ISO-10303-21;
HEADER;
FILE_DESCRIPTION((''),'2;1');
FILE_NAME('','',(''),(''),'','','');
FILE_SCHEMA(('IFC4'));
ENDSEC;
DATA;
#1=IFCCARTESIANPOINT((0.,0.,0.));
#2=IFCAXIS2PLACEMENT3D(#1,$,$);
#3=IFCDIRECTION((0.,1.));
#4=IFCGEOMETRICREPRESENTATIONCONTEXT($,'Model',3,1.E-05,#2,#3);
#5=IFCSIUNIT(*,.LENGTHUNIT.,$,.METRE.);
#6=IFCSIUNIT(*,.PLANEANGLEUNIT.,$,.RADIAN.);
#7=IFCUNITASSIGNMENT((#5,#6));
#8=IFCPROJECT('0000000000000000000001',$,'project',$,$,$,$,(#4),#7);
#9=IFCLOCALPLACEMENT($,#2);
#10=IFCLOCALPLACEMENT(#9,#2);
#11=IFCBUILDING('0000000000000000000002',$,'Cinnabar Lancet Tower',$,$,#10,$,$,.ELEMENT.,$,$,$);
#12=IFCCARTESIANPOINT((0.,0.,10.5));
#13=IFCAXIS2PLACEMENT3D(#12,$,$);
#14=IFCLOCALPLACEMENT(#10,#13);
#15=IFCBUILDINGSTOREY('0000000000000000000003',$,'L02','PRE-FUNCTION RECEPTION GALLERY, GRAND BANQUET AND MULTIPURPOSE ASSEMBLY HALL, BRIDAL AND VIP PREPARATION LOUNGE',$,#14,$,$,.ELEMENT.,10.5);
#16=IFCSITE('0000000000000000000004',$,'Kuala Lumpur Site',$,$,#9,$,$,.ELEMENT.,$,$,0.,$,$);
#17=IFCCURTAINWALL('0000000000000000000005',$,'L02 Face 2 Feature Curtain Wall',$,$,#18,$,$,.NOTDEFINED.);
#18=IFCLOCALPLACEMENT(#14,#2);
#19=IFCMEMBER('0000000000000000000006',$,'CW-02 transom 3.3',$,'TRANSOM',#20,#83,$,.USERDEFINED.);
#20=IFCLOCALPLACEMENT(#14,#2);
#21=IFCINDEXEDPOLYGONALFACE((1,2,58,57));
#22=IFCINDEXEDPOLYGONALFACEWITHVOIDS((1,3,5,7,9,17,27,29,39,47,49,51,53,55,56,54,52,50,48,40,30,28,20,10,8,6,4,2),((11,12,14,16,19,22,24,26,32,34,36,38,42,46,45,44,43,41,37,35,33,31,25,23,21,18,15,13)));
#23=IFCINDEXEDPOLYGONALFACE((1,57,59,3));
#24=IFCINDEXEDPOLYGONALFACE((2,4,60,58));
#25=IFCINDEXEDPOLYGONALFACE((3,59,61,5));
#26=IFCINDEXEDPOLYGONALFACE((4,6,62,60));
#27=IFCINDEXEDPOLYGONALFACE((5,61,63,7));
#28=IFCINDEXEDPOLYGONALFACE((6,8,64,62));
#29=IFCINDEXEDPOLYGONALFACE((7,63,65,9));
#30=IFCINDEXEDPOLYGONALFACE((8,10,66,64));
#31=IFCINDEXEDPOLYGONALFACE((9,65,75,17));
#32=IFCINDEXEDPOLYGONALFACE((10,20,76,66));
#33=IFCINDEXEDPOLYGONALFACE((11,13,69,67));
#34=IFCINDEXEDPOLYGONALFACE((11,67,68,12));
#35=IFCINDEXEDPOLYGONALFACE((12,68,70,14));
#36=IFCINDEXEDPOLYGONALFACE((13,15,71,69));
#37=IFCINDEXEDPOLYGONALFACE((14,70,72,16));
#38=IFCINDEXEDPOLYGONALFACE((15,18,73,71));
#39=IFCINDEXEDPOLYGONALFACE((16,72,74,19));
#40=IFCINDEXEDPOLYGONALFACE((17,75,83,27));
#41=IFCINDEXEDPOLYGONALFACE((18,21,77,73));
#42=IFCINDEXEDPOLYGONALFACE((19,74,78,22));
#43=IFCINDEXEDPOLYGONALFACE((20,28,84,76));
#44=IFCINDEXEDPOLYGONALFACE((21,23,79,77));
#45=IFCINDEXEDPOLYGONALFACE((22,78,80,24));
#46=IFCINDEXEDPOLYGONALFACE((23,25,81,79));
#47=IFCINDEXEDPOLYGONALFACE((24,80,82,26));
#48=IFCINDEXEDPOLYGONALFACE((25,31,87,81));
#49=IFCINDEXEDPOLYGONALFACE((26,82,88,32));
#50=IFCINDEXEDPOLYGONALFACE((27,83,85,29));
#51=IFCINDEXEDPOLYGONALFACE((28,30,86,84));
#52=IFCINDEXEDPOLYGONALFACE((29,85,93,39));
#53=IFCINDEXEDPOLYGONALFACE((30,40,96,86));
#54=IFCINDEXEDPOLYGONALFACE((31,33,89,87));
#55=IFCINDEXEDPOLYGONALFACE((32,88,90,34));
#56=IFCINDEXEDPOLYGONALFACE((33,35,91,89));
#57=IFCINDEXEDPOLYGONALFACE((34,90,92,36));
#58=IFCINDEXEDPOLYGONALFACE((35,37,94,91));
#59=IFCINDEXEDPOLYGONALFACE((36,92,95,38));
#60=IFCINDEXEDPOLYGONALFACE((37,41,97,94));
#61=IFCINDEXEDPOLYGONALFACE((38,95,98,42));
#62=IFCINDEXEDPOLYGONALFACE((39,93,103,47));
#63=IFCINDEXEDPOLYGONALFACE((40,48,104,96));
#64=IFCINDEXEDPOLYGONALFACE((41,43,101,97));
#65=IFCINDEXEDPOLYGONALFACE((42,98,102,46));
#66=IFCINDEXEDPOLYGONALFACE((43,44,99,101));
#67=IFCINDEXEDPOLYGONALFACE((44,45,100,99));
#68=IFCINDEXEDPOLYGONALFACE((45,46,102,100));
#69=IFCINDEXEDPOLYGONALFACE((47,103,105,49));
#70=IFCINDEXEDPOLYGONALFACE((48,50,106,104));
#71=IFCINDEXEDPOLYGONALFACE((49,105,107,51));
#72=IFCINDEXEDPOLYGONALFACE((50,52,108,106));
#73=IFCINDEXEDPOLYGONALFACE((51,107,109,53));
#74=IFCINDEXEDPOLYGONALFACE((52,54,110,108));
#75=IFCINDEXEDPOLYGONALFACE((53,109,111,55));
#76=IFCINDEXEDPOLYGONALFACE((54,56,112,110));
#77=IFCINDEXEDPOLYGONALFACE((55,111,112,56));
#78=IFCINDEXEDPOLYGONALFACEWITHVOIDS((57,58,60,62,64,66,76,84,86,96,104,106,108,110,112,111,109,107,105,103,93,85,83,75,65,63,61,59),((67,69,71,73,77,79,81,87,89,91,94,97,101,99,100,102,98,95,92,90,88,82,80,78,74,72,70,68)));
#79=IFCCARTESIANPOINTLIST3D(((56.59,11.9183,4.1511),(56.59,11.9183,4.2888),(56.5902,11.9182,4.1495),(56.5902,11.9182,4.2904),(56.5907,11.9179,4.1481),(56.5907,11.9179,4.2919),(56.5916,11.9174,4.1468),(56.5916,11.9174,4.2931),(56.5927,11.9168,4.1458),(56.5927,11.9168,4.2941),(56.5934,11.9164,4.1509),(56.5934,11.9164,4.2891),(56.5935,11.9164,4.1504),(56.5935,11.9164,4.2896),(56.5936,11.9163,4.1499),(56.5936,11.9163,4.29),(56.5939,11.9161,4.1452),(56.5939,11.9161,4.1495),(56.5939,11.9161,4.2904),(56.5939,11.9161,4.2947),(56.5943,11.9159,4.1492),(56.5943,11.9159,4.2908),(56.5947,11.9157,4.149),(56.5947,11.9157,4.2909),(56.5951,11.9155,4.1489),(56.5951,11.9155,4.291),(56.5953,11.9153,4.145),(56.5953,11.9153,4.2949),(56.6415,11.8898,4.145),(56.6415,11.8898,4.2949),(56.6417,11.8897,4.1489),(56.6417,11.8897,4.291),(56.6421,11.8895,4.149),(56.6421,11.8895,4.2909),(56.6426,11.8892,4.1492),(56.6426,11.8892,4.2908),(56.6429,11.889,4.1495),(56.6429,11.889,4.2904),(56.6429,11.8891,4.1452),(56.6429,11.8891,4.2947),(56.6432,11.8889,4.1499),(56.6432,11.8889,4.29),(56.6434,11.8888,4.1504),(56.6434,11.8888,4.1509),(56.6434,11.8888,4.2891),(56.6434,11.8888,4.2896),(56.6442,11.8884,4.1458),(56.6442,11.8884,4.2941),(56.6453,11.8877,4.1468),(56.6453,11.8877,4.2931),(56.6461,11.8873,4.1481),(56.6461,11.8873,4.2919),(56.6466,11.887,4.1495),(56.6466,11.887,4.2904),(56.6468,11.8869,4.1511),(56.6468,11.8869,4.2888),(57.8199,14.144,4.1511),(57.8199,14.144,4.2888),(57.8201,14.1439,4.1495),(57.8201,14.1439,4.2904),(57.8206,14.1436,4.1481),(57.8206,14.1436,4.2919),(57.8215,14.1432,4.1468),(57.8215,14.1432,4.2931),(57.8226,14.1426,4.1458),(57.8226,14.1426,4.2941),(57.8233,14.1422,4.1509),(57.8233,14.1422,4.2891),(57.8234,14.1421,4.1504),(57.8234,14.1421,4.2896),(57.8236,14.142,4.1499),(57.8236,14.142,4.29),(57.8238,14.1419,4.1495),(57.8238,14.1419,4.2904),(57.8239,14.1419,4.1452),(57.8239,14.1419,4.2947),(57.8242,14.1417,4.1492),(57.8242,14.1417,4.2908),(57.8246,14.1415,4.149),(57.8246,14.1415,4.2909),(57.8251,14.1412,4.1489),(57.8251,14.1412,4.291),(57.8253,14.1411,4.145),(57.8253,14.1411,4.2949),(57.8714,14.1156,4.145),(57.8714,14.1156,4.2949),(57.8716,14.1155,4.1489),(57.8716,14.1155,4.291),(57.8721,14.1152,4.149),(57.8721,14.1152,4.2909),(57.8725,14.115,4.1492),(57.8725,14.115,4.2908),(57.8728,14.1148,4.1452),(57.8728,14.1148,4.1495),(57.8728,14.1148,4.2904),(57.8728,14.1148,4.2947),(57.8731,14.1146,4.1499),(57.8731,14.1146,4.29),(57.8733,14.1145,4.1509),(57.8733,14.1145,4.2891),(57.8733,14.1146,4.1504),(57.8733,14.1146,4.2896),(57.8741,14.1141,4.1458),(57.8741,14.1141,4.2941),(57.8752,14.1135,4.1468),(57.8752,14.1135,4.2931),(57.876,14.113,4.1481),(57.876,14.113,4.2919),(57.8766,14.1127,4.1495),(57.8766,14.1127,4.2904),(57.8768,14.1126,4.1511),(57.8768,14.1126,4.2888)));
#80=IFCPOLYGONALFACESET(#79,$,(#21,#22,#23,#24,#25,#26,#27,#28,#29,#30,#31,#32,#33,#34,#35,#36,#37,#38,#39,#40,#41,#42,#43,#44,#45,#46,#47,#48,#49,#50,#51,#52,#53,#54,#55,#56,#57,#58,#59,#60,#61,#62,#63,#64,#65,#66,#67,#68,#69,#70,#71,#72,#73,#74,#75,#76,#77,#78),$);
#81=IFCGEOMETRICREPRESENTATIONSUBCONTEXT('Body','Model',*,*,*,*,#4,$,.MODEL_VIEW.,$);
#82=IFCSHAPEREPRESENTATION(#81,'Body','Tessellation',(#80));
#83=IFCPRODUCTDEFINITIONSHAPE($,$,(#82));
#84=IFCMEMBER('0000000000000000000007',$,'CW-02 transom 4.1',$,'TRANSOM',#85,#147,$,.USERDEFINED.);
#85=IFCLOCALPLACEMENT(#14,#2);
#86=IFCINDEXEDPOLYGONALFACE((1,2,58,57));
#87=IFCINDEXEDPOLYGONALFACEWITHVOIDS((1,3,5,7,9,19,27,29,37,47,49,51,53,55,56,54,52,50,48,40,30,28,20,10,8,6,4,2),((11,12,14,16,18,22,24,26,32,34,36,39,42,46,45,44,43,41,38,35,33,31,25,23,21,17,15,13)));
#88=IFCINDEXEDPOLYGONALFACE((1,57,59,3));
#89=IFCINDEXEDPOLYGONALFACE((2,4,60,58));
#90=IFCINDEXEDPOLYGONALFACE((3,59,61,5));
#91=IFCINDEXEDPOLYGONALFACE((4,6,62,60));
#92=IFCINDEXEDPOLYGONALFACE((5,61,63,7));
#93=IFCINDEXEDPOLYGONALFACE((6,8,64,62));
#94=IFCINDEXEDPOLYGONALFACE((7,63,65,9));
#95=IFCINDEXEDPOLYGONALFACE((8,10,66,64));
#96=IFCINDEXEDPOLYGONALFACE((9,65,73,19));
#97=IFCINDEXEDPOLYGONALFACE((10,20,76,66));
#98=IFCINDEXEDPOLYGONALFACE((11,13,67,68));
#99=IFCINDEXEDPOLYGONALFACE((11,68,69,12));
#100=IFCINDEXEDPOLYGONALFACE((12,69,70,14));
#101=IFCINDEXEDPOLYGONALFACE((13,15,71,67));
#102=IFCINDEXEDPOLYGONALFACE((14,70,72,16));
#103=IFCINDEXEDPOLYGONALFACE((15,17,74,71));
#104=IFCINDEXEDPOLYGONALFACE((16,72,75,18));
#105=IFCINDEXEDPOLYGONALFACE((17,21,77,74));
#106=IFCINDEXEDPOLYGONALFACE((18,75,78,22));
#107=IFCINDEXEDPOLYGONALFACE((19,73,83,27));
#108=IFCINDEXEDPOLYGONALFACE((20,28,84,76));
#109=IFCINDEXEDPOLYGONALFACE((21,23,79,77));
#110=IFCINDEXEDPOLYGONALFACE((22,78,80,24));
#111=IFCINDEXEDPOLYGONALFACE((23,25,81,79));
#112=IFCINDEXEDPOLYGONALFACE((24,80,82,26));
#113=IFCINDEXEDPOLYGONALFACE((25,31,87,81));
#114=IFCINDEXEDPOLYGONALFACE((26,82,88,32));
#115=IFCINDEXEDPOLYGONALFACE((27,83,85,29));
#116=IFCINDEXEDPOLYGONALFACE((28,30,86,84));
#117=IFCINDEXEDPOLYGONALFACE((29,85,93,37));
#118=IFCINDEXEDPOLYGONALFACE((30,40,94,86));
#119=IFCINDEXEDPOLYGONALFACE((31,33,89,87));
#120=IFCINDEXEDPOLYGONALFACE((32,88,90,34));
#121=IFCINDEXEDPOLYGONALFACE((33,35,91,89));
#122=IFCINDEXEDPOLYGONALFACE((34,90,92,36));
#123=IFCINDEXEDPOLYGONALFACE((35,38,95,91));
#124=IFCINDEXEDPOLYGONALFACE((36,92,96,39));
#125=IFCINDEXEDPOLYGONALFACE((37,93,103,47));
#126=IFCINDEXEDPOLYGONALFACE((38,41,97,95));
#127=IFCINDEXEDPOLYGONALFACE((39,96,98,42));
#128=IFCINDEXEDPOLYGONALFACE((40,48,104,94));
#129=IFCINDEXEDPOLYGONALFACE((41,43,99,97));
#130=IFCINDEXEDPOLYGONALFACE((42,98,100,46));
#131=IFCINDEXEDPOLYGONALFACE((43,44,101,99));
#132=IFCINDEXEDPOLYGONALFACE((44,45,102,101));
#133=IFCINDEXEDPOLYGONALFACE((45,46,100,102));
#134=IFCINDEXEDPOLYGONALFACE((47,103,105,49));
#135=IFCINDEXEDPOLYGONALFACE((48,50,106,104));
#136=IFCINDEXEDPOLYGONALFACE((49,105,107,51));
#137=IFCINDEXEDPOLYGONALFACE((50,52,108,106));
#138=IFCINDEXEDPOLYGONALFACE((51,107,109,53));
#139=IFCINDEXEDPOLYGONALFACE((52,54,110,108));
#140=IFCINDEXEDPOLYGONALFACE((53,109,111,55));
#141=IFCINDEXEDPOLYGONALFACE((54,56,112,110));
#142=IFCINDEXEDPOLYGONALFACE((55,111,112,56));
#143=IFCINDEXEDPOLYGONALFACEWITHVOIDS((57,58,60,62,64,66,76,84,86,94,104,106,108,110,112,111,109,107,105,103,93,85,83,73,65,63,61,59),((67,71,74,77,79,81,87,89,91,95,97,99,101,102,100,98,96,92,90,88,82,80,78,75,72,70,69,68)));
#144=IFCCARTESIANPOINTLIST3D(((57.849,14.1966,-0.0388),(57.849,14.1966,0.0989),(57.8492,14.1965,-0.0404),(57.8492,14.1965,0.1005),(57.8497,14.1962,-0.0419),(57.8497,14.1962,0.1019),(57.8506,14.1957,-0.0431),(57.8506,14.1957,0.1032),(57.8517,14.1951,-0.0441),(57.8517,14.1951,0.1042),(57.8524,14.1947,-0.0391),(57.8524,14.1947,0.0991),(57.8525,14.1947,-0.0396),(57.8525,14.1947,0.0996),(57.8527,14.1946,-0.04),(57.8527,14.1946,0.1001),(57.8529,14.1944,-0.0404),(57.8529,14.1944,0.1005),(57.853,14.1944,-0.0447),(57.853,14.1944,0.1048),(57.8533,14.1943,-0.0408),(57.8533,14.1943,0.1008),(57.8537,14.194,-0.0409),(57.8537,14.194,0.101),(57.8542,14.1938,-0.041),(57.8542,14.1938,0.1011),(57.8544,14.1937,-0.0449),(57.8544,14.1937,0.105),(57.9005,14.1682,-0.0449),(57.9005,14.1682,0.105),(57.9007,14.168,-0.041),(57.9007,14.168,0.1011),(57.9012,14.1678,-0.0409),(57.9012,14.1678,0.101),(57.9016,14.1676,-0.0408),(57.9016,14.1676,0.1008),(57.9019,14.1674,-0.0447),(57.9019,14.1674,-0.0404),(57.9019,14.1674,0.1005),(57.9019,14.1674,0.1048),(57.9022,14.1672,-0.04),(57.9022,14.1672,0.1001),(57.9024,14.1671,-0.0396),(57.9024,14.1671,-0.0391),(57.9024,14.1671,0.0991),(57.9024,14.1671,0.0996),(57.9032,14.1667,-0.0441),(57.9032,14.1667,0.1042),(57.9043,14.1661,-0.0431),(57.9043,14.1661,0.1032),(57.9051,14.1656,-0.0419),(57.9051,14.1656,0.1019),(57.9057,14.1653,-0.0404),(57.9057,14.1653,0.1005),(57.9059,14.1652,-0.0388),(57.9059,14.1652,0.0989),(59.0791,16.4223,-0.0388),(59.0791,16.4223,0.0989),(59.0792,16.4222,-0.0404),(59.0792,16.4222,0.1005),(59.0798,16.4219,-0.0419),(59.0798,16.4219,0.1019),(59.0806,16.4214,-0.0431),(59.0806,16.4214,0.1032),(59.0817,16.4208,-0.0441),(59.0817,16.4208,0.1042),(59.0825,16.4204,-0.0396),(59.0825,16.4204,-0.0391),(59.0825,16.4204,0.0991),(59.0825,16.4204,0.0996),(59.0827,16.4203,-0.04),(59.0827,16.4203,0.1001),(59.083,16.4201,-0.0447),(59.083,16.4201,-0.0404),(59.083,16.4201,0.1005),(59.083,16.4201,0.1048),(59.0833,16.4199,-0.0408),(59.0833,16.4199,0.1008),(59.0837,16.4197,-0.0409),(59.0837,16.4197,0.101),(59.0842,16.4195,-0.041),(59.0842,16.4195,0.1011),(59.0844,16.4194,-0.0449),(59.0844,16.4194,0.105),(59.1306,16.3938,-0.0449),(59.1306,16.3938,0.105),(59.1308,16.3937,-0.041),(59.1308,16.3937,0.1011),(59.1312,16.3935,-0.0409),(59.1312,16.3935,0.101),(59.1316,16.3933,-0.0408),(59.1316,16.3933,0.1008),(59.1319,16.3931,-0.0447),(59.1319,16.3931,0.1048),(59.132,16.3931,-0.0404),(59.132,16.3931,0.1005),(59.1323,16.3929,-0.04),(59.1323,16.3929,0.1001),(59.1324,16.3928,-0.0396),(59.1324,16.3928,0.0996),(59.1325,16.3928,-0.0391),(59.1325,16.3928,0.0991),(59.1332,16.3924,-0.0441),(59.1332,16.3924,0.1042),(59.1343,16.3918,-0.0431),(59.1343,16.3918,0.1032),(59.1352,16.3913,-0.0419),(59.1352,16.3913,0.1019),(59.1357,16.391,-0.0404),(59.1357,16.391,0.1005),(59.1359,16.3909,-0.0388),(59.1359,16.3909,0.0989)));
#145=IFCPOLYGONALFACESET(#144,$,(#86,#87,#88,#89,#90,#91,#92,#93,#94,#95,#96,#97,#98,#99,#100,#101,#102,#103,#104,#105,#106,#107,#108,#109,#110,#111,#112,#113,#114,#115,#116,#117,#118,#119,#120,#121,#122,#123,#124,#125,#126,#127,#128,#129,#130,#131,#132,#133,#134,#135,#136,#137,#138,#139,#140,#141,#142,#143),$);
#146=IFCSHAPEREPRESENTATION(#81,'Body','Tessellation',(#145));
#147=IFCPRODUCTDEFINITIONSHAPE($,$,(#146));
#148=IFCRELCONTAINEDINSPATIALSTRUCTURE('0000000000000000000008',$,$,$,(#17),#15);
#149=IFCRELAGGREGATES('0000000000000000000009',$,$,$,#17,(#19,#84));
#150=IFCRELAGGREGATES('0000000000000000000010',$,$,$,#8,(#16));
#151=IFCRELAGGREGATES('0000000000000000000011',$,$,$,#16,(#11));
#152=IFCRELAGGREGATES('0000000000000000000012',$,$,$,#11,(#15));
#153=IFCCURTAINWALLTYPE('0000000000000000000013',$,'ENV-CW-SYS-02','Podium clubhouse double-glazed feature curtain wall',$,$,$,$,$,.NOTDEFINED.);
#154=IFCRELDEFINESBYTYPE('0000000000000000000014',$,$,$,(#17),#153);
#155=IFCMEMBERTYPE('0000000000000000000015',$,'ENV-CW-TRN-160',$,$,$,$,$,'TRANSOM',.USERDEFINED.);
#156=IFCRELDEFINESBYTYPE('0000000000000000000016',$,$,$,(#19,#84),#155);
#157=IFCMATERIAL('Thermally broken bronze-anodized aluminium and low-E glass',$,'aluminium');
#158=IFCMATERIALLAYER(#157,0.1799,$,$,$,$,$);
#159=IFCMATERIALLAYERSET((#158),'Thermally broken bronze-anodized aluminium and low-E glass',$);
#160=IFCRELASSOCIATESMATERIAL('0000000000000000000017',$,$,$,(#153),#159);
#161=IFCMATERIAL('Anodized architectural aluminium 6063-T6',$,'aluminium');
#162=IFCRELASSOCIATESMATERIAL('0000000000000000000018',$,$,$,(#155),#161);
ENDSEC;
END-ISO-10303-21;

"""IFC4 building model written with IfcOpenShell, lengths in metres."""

from ifc_helpers import new_model, si_unit, direction, frame, origin, origin_2d, place, context, subcontext, project, spatial, hollow_rectangle, extrude, material, layer, layer_set, material_profile, profile_set, type_object, element, aggregate, save


model = new_model("IFC4")

# Units and contexts
model_context = context("Model", 3, precision=1e-05, world=origin(), true_north=direction((0.0, 1.0)))
body_context = subcontext(model_context, "Body", "Model", "MODEL_VIEW")
ifc_project = project(units=[si_unit("LENGTHUNIT", "METRE"), si_unit("PLANEANGLEUNIT", "RADIAN")], contexts=[model_context])

# Site, building, storey
site_placement = place(None, origin())
site = spatial("IfcSite", under=ifc_project, at=site_placement, Name="Kuala Lumpur Site", CompositionType="ELEMENT", RefElevation=0.0)
building_placement = place(site_placement, origin())
building = spatial("IfcBuilding", under=site, at=building_placement, Name="Cinnabar Lancet Tower", CompositionType="ELEMENT")
storey_placement = place(building_placement, frame((0.0, 0.0, 10.5)))
storey = spatial("IfcBuildingStorey", under=building, at=storey_placement, Name="L02", Description="PRE-FUNCTION RECEPTION GALLERY, GRAND BANQUET AND MULTIPURPOSE ASSEMBLY HALL, BRIDAL AND VIP PREPARATION LOUNGE", CompositionType="ELEMENT", Elevation=10.5)

# Curtain wall, members
ifc_material_1 = material(Name="Thermally broken bronze-anodized aluminium and low-E glass", Category="aluminium")
ifc_layer_1 = layer(ifc_material_1, 0.1799)
ifc_layer_set_1 = layer_set([ifc_layer_1], Name="Thermally broken bronze-anodized aluminium and low-E glass")
curtain_wall_type = type_object("IfcCurtainWallType", Name="ENV-CW-SYS-02", Description="Podium clubhouse double-glazed feature curtain wall", PredefinedType="NOTDEFINED", material=ifc_layer_set_1)
curtain_wall_placement = place(storey_placement, origin())
curtain_wall = element("IfcCurtainWall", 1, at=curtain_wall_placement, inside=storey, type_object=curtain_wall_type, Name="L02 Face 2 Feature Curtain Wall", PredefinedType="NOTDEFINED")
ifc_material_2 = material(Name="Anodized architectural aluminium 6063-T6", Category="aluminium")
ifc_material_profile_1 = material_profile(ifc_material_2, hollow_rectangle(XDim=0.0649, YDim=0.1499, WallThickness=0.0039, InnerFilletRadius=0.002, OuterFilletRadius=0.0061, at=origin_2d()), Name="CW-TRN 150x65x4")
ifc_profile_set_1 = profile_set([ifc_material_profile_1], Name="Anodized architectural aluminium 6063-T6")
member_type_1 = type_object("IfcMemberType", Name="ENV-CW-TRN-160", ElementType="TRANSOM", PredefinedType="USERDEFINED", material=ifc_profile_set_1)
member_1_placement = place(storey_placement, frame((56.6184, 11.9026, 4.22), z_axis=(0.483661, 0.875255, 0.0), x_axis=(-0.875255, 0.483661, 0.0)))
member_1 = element("IfcMember", 2, at=member_1_placement, type_object=member_type_1, Name="CW-02 transom 3.3", ObjectType="TRANSOM", PredefinedType="USERDEFINED", context=body_context, shape_type="SweptSolid", body=[
    extrude(hollow_rectangle(XDim=0.0649, YDim=0.1499, WallThickness=0.0039, InnerFilletRadius=0.002, OuterFilletRadius=0.0061, at=origin_2d()), origin(), (0.0, 0.0, 1.0), 2.543),
])
member_2_placement = place(storey_placement, frame((57.8774, 14.1809, 0.03), z_axis=(0.483702, 0.875233, 0.0), x_axis=(-0.875233, 0.483702, 0.0)))
member_2 = element("IfcMember", 3, at=member_2_placement, type_object=member_type_1, Name="CW-02 transom 4.1", ObjectType="TRANSOM", PredefinedType="USERDEFINED", context=body_context, shape_type="SweptSolid", body=[
    extrude(hollow_rectangle(XDim=0.0649, YDim=0.1499, WallThickness=0.0039, InnerFilletRadius=0.002, OuterFilletRadius=0.0061, at=origin_2d()), origin(), (0.0, 0.0, 1.0), 2.543),
])

aggregate(curtain_wall, [member_1, member_2])

save(model, "model.ifc")
